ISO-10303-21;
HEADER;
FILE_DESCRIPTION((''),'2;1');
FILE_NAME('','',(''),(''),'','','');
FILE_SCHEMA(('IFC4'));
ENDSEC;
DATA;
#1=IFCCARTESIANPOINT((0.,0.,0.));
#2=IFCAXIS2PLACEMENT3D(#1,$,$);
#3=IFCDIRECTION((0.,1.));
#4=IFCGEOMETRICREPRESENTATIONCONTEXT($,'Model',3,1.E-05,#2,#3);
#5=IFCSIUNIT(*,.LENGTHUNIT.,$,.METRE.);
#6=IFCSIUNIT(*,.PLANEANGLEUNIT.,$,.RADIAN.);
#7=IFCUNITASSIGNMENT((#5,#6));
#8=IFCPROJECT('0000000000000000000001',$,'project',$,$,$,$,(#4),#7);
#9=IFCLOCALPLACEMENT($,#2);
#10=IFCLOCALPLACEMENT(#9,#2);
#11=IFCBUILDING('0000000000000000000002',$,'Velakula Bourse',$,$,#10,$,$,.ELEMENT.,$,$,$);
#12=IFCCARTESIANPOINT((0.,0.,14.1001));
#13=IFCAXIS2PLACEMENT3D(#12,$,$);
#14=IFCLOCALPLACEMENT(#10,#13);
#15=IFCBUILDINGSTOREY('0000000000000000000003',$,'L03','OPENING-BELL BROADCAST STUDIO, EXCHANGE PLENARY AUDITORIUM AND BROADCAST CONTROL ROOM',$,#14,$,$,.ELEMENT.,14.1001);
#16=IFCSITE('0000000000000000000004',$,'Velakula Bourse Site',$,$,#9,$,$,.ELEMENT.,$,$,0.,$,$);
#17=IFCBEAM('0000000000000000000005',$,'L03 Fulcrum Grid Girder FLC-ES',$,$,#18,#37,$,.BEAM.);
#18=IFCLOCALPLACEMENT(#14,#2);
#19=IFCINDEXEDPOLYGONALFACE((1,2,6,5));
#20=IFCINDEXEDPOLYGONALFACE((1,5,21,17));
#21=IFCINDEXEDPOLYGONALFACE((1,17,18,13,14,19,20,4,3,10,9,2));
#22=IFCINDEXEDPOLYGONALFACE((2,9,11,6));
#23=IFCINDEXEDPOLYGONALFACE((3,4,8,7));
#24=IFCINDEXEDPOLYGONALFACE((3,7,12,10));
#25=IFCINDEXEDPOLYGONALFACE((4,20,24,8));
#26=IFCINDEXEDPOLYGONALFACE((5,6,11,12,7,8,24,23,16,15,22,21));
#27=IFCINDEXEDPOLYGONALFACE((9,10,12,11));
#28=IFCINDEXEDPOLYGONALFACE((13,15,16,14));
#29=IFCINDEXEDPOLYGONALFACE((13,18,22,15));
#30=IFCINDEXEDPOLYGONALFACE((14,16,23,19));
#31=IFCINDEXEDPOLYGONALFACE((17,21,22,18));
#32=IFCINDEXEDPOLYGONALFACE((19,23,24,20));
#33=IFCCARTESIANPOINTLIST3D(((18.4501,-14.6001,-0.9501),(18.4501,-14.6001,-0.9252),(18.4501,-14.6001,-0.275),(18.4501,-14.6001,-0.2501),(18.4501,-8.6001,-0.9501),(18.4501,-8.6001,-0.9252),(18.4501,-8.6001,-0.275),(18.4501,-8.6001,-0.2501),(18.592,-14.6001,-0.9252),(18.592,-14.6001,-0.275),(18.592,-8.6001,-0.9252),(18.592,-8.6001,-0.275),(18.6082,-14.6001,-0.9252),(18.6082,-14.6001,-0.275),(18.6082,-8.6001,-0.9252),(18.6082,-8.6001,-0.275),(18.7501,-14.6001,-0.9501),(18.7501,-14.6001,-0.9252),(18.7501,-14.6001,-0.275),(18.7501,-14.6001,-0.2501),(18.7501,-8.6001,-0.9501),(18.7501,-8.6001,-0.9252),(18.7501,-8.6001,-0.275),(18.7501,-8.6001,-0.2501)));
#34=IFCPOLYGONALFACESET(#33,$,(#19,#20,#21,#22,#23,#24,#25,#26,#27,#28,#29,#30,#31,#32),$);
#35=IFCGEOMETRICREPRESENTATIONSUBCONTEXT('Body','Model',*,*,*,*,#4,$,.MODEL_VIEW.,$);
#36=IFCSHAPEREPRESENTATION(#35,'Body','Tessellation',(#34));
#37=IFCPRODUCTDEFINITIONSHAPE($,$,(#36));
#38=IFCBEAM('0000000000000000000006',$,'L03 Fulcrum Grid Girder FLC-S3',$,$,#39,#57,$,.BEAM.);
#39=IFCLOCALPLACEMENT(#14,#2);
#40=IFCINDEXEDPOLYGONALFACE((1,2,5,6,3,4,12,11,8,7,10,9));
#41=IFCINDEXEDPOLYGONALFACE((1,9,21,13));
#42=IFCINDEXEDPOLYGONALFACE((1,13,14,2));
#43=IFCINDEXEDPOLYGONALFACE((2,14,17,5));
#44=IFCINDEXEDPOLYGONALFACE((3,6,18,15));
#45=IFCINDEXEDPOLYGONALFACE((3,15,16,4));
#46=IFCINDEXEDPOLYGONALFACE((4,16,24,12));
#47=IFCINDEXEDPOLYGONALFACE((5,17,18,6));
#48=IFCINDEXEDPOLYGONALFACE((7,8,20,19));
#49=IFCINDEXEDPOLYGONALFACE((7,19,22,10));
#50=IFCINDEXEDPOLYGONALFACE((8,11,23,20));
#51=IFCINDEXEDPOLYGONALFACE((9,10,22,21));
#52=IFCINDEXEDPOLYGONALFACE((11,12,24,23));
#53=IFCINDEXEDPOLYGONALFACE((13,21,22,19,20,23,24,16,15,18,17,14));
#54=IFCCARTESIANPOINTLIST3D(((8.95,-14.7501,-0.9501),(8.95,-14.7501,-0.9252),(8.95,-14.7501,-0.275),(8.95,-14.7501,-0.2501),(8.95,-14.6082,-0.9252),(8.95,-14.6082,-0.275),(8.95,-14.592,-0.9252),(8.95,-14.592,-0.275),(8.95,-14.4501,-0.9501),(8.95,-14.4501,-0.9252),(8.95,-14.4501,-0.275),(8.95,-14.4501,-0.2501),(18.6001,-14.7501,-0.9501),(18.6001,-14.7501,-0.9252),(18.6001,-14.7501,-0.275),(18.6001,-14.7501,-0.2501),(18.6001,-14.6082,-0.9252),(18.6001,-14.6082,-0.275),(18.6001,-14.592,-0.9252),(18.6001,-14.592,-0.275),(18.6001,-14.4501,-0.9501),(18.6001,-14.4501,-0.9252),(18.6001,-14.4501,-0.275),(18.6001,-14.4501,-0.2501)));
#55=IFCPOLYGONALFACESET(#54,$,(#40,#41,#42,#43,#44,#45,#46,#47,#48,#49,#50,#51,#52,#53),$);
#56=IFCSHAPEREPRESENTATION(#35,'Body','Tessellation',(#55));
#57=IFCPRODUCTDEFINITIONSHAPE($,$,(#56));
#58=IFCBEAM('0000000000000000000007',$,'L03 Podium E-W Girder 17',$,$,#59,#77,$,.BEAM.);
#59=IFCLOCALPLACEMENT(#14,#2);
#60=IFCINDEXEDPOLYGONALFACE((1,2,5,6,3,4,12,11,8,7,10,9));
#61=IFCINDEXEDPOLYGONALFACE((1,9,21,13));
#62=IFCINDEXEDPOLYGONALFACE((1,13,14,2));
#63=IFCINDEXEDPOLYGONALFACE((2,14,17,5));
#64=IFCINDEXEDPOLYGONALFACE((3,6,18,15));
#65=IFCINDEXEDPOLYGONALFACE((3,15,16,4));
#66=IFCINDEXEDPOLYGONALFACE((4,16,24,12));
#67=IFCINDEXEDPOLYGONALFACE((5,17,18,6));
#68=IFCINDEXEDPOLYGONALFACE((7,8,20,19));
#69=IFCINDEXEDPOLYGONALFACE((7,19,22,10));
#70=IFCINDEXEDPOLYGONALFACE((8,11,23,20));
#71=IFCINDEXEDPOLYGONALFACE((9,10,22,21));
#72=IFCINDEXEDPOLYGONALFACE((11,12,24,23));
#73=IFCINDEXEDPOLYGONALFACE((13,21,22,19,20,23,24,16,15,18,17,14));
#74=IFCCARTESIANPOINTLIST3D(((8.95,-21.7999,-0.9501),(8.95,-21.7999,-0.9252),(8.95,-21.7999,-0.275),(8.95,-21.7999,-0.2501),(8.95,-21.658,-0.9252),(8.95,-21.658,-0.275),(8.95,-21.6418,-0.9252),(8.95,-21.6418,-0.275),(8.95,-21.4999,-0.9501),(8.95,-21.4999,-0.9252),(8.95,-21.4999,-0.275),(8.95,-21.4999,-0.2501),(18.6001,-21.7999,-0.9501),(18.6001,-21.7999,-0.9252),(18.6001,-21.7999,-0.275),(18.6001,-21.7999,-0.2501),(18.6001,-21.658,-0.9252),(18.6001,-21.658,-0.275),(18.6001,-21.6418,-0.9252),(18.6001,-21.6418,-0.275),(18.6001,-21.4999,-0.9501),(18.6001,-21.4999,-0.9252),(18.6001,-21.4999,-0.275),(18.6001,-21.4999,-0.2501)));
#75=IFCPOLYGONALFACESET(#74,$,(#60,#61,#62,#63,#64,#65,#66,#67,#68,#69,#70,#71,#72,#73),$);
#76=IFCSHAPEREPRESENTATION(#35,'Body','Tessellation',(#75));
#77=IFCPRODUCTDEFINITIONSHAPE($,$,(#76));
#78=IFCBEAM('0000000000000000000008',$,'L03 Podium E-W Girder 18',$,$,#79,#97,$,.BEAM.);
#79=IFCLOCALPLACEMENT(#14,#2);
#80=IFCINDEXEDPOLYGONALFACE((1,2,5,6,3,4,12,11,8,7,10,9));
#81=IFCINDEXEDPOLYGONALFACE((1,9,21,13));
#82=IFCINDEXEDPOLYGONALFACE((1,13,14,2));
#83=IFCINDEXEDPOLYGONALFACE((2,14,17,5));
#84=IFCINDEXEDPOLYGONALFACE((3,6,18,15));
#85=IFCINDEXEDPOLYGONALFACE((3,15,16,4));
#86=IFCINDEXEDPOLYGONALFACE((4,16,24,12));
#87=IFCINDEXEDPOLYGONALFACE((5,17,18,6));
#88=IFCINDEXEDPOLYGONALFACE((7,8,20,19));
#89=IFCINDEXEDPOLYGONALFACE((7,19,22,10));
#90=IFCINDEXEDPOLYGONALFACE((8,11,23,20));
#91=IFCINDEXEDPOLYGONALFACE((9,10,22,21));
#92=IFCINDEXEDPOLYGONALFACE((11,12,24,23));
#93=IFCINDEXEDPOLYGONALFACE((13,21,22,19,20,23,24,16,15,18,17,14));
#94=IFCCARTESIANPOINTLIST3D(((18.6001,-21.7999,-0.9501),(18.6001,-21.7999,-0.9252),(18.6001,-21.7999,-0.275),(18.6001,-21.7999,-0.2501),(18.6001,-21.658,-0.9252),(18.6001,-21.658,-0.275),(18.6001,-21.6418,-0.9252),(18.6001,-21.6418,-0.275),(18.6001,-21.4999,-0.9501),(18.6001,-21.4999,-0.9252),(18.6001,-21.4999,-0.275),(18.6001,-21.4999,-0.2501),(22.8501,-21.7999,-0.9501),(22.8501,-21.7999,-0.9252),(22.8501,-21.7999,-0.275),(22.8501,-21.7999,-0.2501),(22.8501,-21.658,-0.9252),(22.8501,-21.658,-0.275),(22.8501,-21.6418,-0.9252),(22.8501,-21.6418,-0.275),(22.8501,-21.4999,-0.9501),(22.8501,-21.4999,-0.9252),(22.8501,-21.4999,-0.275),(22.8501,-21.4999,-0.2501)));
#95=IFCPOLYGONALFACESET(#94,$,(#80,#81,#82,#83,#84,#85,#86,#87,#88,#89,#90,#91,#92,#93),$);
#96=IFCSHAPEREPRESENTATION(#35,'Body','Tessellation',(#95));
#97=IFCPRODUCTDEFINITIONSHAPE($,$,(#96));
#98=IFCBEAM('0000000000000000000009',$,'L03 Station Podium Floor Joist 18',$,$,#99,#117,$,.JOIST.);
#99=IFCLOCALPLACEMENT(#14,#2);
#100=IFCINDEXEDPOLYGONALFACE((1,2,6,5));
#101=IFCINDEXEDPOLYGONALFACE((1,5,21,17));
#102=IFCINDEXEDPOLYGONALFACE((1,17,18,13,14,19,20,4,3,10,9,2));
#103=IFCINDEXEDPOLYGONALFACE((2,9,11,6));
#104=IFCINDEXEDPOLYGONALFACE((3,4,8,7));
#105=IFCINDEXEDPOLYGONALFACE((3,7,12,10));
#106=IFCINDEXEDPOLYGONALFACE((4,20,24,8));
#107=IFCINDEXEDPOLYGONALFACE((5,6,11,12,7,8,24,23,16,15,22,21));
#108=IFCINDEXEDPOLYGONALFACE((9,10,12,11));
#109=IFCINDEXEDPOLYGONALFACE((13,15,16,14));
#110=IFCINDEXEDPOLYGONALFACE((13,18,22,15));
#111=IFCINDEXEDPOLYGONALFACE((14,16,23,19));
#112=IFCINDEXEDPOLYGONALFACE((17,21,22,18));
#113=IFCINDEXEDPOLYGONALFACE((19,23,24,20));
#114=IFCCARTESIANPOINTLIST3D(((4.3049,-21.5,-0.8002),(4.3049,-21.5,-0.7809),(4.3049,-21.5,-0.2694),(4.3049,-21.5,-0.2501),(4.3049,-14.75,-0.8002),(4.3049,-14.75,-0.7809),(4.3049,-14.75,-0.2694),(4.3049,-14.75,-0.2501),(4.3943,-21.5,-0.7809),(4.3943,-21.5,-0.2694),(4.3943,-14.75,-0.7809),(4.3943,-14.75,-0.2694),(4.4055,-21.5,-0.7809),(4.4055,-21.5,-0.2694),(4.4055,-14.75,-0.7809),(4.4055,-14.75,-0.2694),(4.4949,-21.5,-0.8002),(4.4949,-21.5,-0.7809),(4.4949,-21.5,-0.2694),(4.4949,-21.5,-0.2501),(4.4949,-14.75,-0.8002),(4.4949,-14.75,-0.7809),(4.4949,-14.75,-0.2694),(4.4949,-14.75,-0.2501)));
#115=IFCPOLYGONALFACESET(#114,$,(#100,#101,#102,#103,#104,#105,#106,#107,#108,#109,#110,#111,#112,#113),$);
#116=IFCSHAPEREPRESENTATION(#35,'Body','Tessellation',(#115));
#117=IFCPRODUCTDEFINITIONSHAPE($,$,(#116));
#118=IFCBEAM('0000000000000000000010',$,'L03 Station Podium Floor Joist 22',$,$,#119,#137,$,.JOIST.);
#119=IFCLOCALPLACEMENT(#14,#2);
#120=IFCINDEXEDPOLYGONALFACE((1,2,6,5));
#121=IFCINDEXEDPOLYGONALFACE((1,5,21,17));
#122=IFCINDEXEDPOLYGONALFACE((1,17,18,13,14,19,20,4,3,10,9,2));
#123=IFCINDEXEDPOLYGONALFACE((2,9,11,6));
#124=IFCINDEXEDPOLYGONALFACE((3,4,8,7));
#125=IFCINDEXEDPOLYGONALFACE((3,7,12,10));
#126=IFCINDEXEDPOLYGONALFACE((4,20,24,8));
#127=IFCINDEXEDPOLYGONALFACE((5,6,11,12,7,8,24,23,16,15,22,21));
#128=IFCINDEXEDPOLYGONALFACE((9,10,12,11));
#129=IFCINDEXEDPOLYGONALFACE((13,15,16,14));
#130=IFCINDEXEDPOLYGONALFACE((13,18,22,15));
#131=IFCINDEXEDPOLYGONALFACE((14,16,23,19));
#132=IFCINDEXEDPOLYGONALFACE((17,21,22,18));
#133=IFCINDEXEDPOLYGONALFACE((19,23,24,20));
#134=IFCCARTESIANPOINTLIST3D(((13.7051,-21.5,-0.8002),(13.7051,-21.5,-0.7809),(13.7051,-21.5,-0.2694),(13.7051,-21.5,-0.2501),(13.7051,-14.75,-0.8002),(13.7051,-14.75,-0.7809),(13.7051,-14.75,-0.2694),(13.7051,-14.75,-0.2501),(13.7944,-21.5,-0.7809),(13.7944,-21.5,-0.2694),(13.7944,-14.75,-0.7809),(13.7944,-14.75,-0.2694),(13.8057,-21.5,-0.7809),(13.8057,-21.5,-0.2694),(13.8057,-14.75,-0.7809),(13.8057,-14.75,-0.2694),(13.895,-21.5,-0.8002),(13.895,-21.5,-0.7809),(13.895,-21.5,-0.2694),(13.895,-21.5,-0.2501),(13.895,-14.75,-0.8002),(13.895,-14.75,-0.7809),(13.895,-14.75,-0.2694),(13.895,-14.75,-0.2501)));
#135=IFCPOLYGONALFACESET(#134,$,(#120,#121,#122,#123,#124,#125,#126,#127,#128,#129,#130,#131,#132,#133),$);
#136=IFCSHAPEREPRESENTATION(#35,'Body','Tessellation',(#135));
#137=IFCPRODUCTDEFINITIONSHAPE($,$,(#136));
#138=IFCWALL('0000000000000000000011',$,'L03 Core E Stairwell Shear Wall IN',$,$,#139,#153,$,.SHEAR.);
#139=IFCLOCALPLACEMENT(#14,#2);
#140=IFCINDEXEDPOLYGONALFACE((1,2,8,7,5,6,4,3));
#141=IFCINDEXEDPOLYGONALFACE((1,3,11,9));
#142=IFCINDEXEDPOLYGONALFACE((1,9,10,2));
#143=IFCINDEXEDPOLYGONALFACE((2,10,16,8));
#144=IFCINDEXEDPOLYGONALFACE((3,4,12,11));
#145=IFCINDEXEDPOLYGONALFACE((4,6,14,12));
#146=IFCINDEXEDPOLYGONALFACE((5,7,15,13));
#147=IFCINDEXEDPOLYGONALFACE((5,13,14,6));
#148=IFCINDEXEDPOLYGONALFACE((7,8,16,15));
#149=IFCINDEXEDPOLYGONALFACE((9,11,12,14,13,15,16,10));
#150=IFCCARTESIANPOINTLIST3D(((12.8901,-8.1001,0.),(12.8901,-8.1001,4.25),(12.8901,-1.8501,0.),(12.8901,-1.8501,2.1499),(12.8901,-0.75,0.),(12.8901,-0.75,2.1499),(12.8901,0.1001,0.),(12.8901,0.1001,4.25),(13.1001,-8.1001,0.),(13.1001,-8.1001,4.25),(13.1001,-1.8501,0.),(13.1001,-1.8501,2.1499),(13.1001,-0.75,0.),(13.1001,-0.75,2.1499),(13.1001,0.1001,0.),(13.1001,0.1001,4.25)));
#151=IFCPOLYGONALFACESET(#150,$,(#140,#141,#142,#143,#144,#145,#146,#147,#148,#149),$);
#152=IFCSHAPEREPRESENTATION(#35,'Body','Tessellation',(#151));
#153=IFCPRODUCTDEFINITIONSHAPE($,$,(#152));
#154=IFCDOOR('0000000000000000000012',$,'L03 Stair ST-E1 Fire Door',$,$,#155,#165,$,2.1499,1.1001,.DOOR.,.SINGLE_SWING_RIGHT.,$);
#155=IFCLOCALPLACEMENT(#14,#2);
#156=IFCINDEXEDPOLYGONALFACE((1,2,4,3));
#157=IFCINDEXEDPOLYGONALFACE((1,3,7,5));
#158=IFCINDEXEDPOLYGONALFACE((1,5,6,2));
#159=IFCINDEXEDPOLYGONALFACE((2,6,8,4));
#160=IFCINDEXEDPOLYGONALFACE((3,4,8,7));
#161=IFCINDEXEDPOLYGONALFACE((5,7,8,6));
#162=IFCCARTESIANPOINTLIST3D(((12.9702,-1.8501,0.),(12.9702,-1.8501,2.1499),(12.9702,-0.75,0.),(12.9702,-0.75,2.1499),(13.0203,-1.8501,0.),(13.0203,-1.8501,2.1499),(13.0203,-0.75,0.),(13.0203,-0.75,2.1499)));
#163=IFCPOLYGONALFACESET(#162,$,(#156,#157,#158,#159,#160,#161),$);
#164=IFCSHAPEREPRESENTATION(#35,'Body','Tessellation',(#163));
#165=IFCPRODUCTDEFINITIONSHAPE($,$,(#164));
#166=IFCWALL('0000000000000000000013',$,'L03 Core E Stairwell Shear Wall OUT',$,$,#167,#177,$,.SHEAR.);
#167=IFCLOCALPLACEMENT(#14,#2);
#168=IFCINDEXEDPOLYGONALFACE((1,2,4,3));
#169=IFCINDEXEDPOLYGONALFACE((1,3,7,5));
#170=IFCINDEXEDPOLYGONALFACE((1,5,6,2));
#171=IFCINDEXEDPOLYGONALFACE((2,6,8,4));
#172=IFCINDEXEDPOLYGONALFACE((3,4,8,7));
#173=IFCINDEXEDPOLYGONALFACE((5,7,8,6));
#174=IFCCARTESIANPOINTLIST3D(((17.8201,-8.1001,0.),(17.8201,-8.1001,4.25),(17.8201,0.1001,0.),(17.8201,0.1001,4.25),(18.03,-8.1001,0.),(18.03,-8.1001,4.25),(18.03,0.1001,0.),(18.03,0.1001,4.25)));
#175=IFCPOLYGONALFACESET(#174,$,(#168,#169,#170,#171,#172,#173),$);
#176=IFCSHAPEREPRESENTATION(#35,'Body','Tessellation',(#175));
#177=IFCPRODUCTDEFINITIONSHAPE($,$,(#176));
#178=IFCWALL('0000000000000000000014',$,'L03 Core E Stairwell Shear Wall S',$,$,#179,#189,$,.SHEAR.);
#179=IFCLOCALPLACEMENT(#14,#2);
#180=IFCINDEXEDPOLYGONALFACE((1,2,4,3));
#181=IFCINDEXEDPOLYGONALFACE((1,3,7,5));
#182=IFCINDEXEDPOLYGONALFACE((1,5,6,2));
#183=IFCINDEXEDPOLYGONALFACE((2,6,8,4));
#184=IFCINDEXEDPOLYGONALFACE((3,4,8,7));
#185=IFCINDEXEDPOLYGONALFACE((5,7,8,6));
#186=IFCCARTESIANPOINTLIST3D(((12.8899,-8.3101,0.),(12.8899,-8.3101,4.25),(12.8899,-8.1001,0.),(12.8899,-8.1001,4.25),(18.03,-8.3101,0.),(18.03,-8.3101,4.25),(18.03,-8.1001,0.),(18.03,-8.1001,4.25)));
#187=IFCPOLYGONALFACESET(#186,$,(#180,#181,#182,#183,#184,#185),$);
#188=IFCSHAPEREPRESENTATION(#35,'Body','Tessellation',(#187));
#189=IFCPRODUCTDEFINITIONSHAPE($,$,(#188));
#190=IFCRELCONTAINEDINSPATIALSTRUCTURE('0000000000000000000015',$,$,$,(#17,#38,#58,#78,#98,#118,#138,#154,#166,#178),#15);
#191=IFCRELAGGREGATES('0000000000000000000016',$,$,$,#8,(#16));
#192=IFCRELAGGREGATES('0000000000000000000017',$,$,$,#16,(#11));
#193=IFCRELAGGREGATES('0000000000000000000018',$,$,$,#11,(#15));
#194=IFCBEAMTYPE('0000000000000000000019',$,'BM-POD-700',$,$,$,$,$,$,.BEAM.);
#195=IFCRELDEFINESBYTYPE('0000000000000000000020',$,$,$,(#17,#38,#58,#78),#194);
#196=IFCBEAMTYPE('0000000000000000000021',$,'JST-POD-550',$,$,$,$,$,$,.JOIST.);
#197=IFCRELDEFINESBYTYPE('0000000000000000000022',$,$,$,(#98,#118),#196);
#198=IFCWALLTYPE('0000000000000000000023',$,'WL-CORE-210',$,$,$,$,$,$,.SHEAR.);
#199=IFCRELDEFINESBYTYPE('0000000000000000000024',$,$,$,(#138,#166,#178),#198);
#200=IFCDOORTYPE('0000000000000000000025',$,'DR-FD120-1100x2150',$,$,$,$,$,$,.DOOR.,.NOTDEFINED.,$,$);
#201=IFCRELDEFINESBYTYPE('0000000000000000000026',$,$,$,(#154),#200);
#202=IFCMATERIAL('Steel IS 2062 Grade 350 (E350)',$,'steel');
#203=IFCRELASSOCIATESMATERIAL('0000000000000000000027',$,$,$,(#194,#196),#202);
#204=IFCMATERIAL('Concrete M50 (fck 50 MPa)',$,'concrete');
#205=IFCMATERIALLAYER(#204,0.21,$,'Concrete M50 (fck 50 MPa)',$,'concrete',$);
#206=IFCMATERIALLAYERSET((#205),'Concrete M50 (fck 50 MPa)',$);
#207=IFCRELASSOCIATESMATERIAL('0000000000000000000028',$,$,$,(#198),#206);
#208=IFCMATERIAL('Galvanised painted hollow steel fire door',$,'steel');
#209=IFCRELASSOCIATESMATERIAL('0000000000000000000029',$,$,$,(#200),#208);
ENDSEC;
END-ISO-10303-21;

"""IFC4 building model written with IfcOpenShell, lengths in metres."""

from ifc_helpers import new_model, si_unit, direction, frame, frame_2d, origin, origin_2d, place, context, subcontext, project, spatial, rectangle, i_section, extrude, material, layer, layer_set, material_profile, profile_set, type_object, element, fill, save


model = new_model("IFC4")

# Units and contexts
model_context = context("Model", 3, precision=1e-05, world=origin(), true_north=direction((0.0, 1.0)))
body_context = subcontext(model_context, "Body", "Model", "MODEL_VIEW")
ifc_project = project(units=[si_unit("LENGTHUNIT", "METRE"), si_unit("PLANEANGLEUNIT", "RADIAN")], contexts=[model_context])

# Site, building, storey
site_placement = place(None, origin())
site = spatial("IfcSite", under=ifc_project, at=site_placement, Name="Velakula Bourse Site", CompositionType="ELEMENT", RefElevation=0.0)
building_placement = place(site_placement, origin())
building = spatial("IfcBuilding", under=site, at=building_placement, Name="Velakula Bourse", CompositionType="ELEMENT")
storey_placement = place(building_placement, frame((0.0, 0.0, 14.1001)))
storey = spatial("IfcBuildingStorey", under=building, at=storey_placement, Name="L03", Description="OPENING-BELL BROADCAST STUDIO, EXCHANGE PLENARY AUDITORIUM AND BROADCAST CONTROL ROOM", CompositionType="ELEMENT", Elevation=14.1001)

# Beams
ifc_material_1 = material(Name="Steel IS 2062 Grade 350 (E350)", Category="steel")
ifc_material_profile_1 = material_profile(ifc_material_1, i_section(OverallWidth=0.3, OverallDepth=0.7, WebThickness=0.0161, FlangeThickness=0.0249, at=origin_2d()), Name="Steel IS 2062 Grade 350 (E350)")
ifc_profile_set_1 = profile_set([ifc_material_profile_1], Name="Steel IS 2062 Grade 350 (E350)")
beam_type_1 = type_object("IfcBeamType", Name="BM-POD-700", PredefinedType="BEAM", material=ifc_profile_set_1)
for number, where, z_axis, x_axis, name in (
    (1, (18.6001, -14.6001, -0.6001), (0.0, 1.0, 0.0), (-1.0, 0.0, 0.0), "L03 Fulcrum Grid Girder FLC-ES"),
):
    element("IfcBeam", number, at=place(storey_placement, frame(where, z_axis=z_axis, x_axis=x_axis)), inside=storey, type_object=beam_type_1, Name=name, PredefinedType="BEAM", context=body_context, shape_type="SweptSolid", body=[
        extrude(i_section(OverallWidth=0.3, OverallDepth=0.7, WebThickness=0.0161, FlangeThickness=0.0249, at=origin_2d()), origin(), (0.0, 0.0, 1.0), 6.0),
    ])
for number, where, z_axis, x_axis, name in (
    (2, (8.95, -14.6001, -0.6001), (1.0, 0.0, 0.0), (0.0, 1.0, 0.0), "L03 Fulcrum Grid Girder FLC-S3"),
    (3, (8.95, -21.6499, -0.6001), (1.0, 0.0, 0.0), (0.0, 1.0, 0.0), "L03 Podium E-W Girder 17"),
):
    element("IfcBeam", number, at=place(storey_placement, frame(where, z_axis=z_axis, x_axis=x_axis)), inside=storey, type_object=beam_type_1, Name=name, PredefinedType="BEAM", context=body_context, shape_type="SweptSolid", body=[
        extrude(i_section(OverallWidth=0.3, OverallDepth=0.7, WebThickness=0.0161, FlangeThickness=0.0249, at=origin_2d()), origin(), (0.0, 0.0, 1.0), 9.6501),
    ])
beam_1_placement = place(storey_placement, frame((18.6001, -21.6499, -0.6001), z_axis=(1.0, 0.0, 0.0), x_axis=(0.0, 1.0, 0.0)))
element("IfcBeam", 4, at=beam_1_placement, inside=storey, type_object=beam_type_1, Name="L03 Podium E-W Girder 18", PredefinedType="BEAM", context=body_context, shape_type="SweptSolid", body=[
    extrude(i_section(OverallWidth=0.3, OverallDepth=0.7, WebThickness=0.0161, FlangeThickness=0.0249, at=origin_2d()), origin(), (0.0, 0.0, 1.0), 4.25),
])
ifc_material_profile_2 = material_profile(ifc_material_1, i_section(OverallWidth=0.1899, OverallDepth=0.55, WebThickness=0.0112, FlangeThickness=0.0193, at=origin_2d()), Name="Steel IS 2062 Grade 350 (E350)")
ifc_profile_set_2 = profile_set([ifc_material_profile_2], Name="Steel IS 2062 Grade 350 (E350)")
beam_type_2 = type_object("IfcBeamType", Name="JST-POD-550", PredefinedType="JOIST", material=ifc_profile_set_2)
for number, where, z_axis, x_axis, name in (
    (5, (4.3999, -21.5, -0.5251), (0.0, 1.0, 0.0), (-1.0, 0.0, 0.0), "L03 Station Podium Floor Joist 18"),
    (6, (13.8, -21.5, -0.5251), (0.0, 1.0, 0.0), (-1.0, 0.0, 0.0), "L03 Station Podium Floor Joist 22"),
):
    element("IfcBeam", number, at=place(storey_placement, frame(where, z_axis=z_axis, x_axis=x_axis)), inside=storey, type_object=beam_type_2, Name=name, PredefinedType="JOIST", context=body_context, shape_type="SweptSolid", body=[
        extrude(i_section(OverallWidth=0.1899, OverallDepth=0.55, WebThickness=0.0112, FlangeThickness=0.0193, at=origin_2d()), origin(), (0.0, 0.0, 1.0), 6.75),
    ])

# Wall, opening, door
ifc_material_2 = material(Name="Concrete M50 (fck 50 MPa)", Category="concrete")
ifc_layer_1 = layer(ifc_material_2, 0.21, Name="Concrete M50 (fck 50 MPa)", Category="concrete")
ifc_layer_set_1 = layer_set([ifc_layer_1], Name="Concrete M50 (fck 50 MPa)")
wall_type_1 = type_object("IfcWallType", Name="WL-CORE-210", PredefinedType="SHEAR", material=ifc_layer_set_1)
wall_1_placement = place(storey_placement, frame((12.9951, -8.1001, 0.0), z_axis=(0.0, 0.0, 1.0), x_axis=(0.0, 1.0, 0.0)))
wall_1 = element("IfcWall", 7, at=wall_1_placement, inside=storey, type_object=wall_type_1, Name="L03 Core E Stairwell Shear Wall IN", PredefinedType="SHEAR", context=body_context, shape_type="SweptSolid", body=[
    extrude(rectangle(XDim=8.2002, YDim=0.21, at=frame_2d((4.1001, 0.0))), origin(), (0.0, 0.0, 1.0), 4.25),
])
opening_1_placement = place(wall_1_placement, frame((6.25, 0.0, 0.0)))
opening_1 = element("IfcOpeningElement", 8, at=opening_1_placement, cuts=wall_1, PredefinedType="OPENING", context=body_context, shape_type="SweptSolid", body=[
    extrude(rectangle(XDim=1.1001, YDim=2.1499, at=frame_2d((0.55, 1.075))), frame((0.0, 0.115, 0.0), z_axis=(0.0, -1.0, 0.0), x_axis=(1.0, 0.0, 0.0)), (0.0, 0.0, 1.0), 0.23),
])
ifc_material_3 = material(Name="Galvanised painted hollow steel fire door", Category="steel")
door_type_1 = type_object("IfcDoorType", Name="DR-FD120-1100x2150", OperationType="NOTDEFINED", PredefinedType="DOOR", material=ifc_material_3)
door_1_placement = place(opening_1_placement, origin())
door_1 = element("IfcDoor", 9, at=door_1_placement, inside=storey, type_object=door_type_1, Name="L03 Stair ST-E1 Fire Door", OperationType="SINGLE_SWING_RIGHT", OverallHeight=2.1499, OverallWidth=1.1001, PredefinedType="DOOR", context=body_context, shape_type="SweptSolid", body=[
    extrude(rectangle(XDim=1.1001, YDim=2.1499, at=frame_2d((0.55, 1.075))), frame((0.0, 0.0249, 0.0), z_axis=(0.0, -1.0, 0.0), x_axis=(1.0, 0.0, 0.0)), (0.0, 0.0, 1.0), 0.05),
])
fill(opening_1, door_1)

# Walls
wall_2_placement = place(storey_placement, frame((17.925, -8.1001, 0.0), z_axis=(0.0, 0.0, 1.0), x_axis=(0.0, 1.0, 0.0)))
element("IfcWall", 10, at=wall_2_placement, inside=storey, type_object=wall_type_1, Name="L03 Core E Stairwell Shear Wall OUT", PredefinedType="SHEAR", context=body_context, shape_type="SweptSolid", body=[
    extrude(rectangle(XDim=8.2002, YDim=0.21, at=frame_2d((4.1001, 0.0))), origin(), (0.0, 0.0, 1.0), 4.25),
])
wall_3_placement = place(storey_placement, frame((12.8899, -8.2051, 0.0), z_axis=(0.0, 0.0, 1.0), x_axis=(1.0, 0.0, 0.0)))
element("IfcWall", 11, at=wall_3_placement, inside=storey, type_object=wall_type_1, Name="L03 Core E Stairwell Shear Wall S", PredefinedType="SHEAR", context=body_context, shape_type="SweptSolid", body=[
    extrude(rectangle(XDim=5.1401, YDim=0.21, at=frame_2d((2.5701, 0.0))), origin(), (0.0, 0.0, 1.0), 4.25),
])

save(model, "model.ifc")
